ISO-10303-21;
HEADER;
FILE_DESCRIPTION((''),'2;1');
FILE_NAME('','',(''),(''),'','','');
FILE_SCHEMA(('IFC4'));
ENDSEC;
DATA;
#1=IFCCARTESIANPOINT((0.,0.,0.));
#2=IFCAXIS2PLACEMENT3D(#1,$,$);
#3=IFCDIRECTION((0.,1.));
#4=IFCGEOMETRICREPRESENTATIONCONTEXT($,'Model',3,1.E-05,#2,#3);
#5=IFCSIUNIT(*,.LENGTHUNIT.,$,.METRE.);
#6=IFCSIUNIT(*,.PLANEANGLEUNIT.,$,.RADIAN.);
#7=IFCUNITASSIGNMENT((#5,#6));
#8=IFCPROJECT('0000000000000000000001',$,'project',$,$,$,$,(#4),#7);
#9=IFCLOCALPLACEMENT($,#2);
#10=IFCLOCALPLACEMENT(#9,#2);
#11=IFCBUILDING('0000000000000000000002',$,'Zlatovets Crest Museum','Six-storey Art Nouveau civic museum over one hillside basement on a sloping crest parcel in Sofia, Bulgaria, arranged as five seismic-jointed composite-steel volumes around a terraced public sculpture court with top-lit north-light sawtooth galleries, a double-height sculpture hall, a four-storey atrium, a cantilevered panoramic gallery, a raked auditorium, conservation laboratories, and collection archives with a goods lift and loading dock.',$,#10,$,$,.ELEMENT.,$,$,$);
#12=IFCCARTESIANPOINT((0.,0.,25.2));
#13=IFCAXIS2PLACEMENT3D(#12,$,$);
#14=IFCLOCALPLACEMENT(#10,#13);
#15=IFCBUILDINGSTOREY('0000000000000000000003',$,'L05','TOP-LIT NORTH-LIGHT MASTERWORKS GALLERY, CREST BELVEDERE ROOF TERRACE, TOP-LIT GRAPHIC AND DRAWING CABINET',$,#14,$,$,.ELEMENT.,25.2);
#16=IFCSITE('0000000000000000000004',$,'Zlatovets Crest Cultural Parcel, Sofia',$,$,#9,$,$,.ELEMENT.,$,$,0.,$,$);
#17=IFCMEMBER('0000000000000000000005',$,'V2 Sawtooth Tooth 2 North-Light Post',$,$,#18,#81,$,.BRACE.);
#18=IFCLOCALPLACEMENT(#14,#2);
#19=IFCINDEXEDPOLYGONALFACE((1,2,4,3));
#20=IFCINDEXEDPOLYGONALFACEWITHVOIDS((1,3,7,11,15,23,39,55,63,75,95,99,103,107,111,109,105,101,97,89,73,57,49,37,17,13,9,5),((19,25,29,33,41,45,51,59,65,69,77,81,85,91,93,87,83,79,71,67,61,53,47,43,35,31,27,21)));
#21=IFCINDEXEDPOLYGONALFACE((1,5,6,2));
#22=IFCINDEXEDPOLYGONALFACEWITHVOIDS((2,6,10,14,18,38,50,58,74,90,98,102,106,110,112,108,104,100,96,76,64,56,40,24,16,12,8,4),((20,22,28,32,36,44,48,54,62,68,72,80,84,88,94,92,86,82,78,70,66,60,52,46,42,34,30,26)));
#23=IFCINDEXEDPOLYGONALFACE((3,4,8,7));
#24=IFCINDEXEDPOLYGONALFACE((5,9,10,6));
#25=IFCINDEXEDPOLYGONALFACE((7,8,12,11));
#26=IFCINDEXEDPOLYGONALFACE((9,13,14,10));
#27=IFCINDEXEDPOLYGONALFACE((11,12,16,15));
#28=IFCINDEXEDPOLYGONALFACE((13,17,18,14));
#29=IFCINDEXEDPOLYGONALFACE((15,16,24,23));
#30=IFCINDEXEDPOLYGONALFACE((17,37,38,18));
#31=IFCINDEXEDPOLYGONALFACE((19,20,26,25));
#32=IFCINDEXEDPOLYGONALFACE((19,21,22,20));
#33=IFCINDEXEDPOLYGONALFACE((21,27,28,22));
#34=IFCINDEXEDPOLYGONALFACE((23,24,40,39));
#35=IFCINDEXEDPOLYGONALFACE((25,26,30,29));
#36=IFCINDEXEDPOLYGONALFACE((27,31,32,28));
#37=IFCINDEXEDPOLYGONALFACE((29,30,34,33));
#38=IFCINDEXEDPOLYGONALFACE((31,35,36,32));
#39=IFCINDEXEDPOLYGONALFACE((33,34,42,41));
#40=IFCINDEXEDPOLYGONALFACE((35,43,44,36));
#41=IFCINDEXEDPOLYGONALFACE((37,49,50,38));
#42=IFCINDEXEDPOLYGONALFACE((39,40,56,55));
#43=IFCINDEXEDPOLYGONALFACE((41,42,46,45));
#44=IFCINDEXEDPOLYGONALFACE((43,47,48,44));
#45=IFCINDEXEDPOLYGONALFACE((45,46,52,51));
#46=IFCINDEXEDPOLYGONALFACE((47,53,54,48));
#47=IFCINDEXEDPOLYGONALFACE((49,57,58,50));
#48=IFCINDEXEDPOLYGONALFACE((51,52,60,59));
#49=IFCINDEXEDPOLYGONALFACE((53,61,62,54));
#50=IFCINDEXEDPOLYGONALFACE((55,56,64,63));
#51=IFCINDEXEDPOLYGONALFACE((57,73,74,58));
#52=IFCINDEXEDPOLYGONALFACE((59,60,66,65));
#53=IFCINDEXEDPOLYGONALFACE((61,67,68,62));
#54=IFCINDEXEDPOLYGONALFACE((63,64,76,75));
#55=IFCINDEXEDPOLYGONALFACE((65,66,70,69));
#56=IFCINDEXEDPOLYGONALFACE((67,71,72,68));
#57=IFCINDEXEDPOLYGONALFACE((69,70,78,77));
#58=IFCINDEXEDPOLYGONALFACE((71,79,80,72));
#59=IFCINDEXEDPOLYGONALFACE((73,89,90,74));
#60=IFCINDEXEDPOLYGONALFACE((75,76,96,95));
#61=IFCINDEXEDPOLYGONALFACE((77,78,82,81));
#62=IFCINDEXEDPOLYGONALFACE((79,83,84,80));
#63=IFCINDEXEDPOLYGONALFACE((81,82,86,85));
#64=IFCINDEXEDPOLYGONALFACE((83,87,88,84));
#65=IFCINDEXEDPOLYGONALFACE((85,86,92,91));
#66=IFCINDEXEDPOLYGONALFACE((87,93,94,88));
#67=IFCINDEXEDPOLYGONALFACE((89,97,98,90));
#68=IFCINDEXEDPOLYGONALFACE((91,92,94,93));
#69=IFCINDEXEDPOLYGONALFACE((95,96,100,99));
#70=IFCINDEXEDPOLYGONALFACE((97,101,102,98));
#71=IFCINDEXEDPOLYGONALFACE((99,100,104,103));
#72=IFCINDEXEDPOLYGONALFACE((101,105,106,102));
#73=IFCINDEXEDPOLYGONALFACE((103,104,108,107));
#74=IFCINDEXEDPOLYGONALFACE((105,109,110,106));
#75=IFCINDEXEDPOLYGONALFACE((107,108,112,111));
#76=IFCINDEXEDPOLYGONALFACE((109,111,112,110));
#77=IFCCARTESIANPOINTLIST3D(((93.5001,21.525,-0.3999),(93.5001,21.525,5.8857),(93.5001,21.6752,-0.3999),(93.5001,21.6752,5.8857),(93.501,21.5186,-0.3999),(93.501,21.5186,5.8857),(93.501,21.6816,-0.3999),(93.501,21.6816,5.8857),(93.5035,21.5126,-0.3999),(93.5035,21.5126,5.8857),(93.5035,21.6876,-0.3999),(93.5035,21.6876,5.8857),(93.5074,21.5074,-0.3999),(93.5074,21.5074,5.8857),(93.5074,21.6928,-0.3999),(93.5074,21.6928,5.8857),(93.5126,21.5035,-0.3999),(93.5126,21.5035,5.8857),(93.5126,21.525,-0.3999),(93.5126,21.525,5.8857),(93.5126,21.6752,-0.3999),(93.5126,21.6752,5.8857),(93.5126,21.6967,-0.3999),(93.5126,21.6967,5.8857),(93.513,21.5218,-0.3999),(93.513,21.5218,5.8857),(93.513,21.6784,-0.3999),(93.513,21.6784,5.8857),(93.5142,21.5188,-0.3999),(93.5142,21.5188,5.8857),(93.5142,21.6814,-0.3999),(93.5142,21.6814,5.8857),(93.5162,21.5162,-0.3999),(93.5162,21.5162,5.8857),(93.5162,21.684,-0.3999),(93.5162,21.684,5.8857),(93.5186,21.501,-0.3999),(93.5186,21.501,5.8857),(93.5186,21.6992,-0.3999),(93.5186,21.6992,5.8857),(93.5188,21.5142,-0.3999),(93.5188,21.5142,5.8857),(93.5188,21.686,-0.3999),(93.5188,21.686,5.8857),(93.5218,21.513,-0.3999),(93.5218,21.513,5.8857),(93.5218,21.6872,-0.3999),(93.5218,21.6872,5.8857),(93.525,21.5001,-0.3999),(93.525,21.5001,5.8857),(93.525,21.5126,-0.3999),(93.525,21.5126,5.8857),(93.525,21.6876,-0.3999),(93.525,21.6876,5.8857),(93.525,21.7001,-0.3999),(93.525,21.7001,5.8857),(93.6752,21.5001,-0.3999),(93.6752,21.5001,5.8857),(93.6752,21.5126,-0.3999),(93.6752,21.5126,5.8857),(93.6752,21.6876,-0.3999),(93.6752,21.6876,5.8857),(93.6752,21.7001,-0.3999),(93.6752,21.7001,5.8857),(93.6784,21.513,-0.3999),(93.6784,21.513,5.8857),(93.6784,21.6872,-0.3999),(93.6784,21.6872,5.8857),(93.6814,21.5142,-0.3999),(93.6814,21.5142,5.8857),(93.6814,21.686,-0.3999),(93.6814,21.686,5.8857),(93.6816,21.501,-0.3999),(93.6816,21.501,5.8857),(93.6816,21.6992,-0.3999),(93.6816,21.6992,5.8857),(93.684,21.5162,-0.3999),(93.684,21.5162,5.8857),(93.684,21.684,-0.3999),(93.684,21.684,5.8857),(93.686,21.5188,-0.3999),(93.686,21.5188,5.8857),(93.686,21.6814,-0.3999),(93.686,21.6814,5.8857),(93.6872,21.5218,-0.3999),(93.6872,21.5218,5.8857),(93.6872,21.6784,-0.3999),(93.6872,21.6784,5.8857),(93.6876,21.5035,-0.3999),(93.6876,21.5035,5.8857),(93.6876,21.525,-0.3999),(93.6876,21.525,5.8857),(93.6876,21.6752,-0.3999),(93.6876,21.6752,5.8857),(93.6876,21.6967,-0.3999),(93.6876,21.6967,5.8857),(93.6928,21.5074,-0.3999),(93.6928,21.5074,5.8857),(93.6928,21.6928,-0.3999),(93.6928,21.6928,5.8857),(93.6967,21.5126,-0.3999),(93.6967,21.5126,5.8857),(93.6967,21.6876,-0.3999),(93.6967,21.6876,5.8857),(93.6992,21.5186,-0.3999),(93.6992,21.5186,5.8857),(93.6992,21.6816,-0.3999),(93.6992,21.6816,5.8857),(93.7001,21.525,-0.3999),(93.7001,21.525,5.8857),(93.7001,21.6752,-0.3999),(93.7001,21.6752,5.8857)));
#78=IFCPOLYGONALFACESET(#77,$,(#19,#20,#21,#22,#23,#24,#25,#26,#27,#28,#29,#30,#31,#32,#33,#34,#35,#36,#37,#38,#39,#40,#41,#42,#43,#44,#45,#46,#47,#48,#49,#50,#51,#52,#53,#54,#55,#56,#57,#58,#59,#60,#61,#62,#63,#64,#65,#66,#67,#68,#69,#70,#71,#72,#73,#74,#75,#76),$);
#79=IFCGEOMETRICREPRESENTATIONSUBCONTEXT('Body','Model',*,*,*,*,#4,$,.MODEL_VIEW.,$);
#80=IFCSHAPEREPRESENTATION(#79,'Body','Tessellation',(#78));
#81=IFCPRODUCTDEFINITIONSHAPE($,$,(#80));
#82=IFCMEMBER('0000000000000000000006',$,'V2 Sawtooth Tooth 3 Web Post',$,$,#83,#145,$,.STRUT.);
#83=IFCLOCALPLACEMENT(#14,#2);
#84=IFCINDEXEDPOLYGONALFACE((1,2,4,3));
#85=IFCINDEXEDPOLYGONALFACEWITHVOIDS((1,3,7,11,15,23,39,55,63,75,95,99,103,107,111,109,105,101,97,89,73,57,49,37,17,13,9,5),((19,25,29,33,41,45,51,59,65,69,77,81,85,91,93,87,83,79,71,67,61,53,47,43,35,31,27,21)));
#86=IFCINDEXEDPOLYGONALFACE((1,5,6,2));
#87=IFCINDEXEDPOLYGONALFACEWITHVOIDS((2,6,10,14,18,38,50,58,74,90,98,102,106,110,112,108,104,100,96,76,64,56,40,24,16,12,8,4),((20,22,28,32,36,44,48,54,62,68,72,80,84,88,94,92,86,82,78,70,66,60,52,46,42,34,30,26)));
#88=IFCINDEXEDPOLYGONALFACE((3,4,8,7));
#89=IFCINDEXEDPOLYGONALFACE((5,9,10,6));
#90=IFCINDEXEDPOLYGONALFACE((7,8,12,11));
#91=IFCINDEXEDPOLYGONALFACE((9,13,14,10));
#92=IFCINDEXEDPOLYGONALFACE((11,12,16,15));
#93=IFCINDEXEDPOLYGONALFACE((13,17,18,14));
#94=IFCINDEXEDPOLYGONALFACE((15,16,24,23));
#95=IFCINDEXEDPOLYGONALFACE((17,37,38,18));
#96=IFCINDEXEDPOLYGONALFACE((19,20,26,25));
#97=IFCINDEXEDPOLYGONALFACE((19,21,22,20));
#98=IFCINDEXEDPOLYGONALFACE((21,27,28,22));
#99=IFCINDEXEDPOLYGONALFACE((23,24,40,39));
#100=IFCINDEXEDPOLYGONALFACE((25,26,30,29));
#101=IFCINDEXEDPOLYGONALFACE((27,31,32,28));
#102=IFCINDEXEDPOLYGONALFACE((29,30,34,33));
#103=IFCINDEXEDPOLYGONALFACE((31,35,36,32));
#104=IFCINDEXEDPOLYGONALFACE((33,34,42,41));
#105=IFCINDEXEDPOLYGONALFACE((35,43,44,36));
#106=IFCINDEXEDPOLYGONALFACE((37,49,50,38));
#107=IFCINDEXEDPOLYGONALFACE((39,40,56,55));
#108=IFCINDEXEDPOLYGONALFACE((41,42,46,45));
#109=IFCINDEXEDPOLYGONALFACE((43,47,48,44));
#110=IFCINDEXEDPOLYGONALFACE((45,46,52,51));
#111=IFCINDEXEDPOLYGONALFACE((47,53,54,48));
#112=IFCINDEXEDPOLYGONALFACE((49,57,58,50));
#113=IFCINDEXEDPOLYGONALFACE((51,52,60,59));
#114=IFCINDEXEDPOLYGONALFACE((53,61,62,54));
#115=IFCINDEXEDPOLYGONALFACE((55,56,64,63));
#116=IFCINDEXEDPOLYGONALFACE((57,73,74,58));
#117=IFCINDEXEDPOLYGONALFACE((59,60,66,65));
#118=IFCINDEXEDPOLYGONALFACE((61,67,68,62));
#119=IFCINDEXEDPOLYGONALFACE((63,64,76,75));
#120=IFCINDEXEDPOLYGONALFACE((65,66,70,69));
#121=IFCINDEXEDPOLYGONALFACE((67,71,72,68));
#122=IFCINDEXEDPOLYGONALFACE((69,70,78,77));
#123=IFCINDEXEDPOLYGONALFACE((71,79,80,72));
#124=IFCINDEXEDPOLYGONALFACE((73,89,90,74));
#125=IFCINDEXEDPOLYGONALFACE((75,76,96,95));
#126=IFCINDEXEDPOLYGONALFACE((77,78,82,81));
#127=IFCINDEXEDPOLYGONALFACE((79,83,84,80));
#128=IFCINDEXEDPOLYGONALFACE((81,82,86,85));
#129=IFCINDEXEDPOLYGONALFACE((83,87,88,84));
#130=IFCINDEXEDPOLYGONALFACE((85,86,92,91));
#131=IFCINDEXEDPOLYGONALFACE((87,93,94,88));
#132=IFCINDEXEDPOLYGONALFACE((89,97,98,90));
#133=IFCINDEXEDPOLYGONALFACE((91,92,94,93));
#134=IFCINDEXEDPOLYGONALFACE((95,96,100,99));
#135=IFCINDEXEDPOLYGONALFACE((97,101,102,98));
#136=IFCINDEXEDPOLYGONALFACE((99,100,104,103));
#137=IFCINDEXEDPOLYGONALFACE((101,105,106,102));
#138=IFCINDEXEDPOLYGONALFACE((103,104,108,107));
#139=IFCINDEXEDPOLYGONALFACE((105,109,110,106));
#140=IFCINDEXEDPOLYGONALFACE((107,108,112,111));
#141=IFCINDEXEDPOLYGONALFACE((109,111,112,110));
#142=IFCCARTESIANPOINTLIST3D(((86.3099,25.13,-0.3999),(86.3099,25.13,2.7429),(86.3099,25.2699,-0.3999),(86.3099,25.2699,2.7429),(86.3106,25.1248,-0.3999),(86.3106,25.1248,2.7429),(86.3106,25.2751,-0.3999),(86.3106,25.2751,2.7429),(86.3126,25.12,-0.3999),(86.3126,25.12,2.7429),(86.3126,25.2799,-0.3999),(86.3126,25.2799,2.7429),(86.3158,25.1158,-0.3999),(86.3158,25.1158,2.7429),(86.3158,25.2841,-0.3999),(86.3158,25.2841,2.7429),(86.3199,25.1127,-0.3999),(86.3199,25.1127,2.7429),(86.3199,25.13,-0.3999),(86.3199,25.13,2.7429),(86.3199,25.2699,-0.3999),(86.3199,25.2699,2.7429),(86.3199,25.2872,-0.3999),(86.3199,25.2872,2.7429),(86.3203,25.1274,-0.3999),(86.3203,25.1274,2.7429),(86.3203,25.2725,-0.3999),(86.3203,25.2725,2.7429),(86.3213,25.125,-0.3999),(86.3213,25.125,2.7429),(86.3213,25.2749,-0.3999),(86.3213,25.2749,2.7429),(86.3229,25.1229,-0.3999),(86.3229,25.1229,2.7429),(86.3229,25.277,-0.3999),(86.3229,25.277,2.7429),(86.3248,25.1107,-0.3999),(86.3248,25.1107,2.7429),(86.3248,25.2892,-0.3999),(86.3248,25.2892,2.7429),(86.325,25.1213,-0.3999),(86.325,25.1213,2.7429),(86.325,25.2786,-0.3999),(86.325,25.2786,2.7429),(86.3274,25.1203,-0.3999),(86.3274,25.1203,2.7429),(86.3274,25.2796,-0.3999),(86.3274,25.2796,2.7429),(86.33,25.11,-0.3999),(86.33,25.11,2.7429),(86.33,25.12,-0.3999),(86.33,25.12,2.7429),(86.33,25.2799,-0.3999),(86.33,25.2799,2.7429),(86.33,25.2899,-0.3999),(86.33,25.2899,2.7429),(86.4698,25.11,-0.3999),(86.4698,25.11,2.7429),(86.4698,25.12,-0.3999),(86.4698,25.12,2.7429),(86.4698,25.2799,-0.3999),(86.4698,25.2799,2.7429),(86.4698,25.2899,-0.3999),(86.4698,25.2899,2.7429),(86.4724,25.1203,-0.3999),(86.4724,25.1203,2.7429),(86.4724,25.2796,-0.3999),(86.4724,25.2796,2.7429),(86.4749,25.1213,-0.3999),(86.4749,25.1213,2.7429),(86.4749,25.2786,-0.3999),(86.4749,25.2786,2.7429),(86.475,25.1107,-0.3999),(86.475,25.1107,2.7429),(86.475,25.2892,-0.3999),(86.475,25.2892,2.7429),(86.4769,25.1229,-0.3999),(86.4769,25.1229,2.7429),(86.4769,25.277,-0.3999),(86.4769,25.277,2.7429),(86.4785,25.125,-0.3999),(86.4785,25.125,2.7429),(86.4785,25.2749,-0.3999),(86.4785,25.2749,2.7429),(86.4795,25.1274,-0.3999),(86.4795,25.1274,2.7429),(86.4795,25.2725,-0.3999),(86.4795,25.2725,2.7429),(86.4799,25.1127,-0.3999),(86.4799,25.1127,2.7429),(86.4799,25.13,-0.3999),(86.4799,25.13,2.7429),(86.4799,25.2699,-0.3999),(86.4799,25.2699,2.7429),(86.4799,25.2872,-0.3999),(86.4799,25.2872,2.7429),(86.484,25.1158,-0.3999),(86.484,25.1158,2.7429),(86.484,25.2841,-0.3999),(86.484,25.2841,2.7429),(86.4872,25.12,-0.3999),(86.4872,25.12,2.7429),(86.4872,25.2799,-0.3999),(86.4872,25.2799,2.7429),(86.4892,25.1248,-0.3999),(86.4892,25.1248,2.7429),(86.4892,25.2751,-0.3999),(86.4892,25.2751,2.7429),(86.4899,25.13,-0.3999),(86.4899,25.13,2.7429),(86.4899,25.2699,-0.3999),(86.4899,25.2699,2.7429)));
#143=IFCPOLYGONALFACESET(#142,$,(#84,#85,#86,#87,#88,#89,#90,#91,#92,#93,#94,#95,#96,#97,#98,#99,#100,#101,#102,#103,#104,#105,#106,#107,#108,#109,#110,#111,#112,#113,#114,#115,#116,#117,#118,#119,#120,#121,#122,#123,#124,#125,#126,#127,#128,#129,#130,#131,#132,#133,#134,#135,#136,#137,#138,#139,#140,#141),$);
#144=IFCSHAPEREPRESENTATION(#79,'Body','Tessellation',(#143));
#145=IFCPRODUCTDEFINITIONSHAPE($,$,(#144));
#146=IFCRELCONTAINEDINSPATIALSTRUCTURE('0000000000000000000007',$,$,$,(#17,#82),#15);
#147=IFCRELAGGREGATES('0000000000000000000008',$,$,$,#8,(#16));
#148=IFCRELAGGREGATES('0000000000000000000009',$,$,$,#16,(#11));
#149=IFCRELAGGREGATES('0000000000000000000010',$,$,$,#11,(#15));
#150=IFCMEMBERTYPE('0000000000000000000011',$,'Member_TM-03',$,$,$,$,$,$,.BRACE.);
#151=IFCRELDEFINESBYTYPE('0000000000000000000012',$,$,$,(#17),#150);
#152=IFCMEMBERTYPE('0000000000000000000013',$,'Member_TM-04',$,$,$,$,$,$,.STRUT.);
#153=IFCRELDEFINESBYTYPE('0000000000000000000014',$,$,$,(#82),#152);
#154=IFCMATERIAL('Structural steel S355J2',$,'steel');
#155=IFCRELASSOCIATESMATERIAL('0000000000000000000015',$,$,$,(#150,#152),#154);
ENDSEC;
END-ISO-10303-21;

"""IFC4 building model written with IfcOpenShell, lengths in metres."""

from ifc_helpers import new_model, si_unit, direction, frame, origin, origin_2d, place, context, subcontext, project, spatial, hollow_rectangle, extrude, material, material_profile, profile_set, type_object, element, save


model = new_model("IFC4")

# Units and contexts
model_context = context("Model", 3, precision=1e-05, world=origin(), true_north=direction((0.0, 1.0)))
body_context = subcontext(model_context, "Body", "Model", "MODEL_VIEW")
ifc_project = project(units=[si_unit("LENGTHUNIT", "METRE"), si_unit("PLANEANGLEUNIT", "RADIAN")], contexts=[model_context])

# Site, building, storey
site_placement = place(None, origin())
site = spatial("IfcSite", under=ifc_project, at=site_placement, Name="Zlatovets Crest Cultural Parcel, Sofia", CompositionType="ELEMENT", RefElevation=0.0)
building_placement = place(site_placement, origin())
building = spatial("IfcBuilding", under=site, at=building_placement, Name="Zlatovets Crest Museum", Description="Six-storey Art Nouveau civic museum over one hillside basement on a sloping crest parcel in Sofia, Bulgaria, arranged as five seismic-jointed composite-steel volumes around a terraced public sculpture court with top-lit north-light sawtooth galleries, a double-height sculpture hall, a four-storey atrium, a cantilevered panoramic gallery, a raked auditorium, conservation laboratories, and collection archives with a goods lift and loading dock.", CompositionType="ELEMENT")
storey_placement = place(building_placement, frame((0.0, 0.0, 25.2)))
storey = spatial("IfcBuildingStorey", under=building, at=storey_placement, Name="L05", Description="TOP-LIT NORTH-LIGHT MASTERWORKS GALLERY, CREST BELVEDERE ROOF TERRACE, TOP-LIT GRAPHIC AND DRAWING CABINET", CompositionType="ELEMENT", Elevation=25.2)

# Shared definitions
ifc_material_1 = material(Name="Structural steel S355J2", Category="steel")

# Members
ifc_material_profile_1 = material_profile(ifc_material_1, hollow_rectangle(XDim=0.2, YDim=0.2, WallThickness=0.0125, InnerFilletRadius=0.0125, OuterFilletRadius=0.0249, at=origin_2d()), Name="SHS 200x200x12.5")
ifc_profile_set_1 = profile_set([ifc_material_profile_1], Name="Structural steel S355J2")
member_type_1 = type_object("IfcMemberType", Name="Member_TM-03", PredefinedType="BRACE", material=ifc_profile_set_1)
for number, where, z_axis, x_axis, name in (
    (1, (93.6001, 21.6001, -0.3999), (0.0, 0.0, 1.0), (1.0, 0.0, 0.0), "V2 Sawtooth Tooth 2 North-Light Post"),
):
    element("IfcMember", number, at=place(storey_placement, frame(where, z_axis=z_axis, x_axis=x_axis)), inside=storey, type_object=member_type_1, Name=name, PredefinedType="BRACE", context=body_context, shape_type="SweptSolid", body=[
        extrude(hollow_rectangle(XDim=0.2, YDim=0.2, WallThickness=0.0125, InnerFilletRadius=0.0125, OuterFilletRadius=0.0249, at=origin_2d()), origin(), (0.0, 0.0, 1.0), 6.2856),
    ])
ifc_material_profile_2 = material_profile(ifc_material_1, hollow_rectangle(XDim=0.1799, YDim=0.1799, WallThickness=0.01, InnerFilletRadius=0.01, OuterFilletRadius=0.02, at=origin_2d()), Name="SHS 180x180x10.0")
ifc_profile_set_2 = profile_set([ifc_material_profile_2], Name="Structural steel S355J2")
member_type_2 = type_object("IfcMemberType", Name="Member_TM-04", PredefinedType="STRUT", material=ifc_profile_set_2)
for number, where, z_axis, x_axis, name in (
    (2, (86.3999, 25.2, -0.3999), (0.0, 0.0, 1.0), (1.0, 0.0, 0.0), "V2 Sawtooth Tooth 3 Web Post"),
):
    element("IfcMember", number, at=place(storey_placement, frame(where, z_axis=z_axis, x_axis=x_axis)), inside=storey, type_object=member_type_2, Name=name, PredefinedType="STRUT", context=body_context, shape_type="SweptSolid", body=[
        extrude(hollow_rectangle(XDim=0.1799, YDim=0.1799, WallThickness=0.01, InnerFilletRadius=0.01, OuterFilletRadius=0.02, at=origin_2d()), origin(), (0.0, 0.0, 1.0), 3.1428),
    ])

save(model, "model.ifc")
